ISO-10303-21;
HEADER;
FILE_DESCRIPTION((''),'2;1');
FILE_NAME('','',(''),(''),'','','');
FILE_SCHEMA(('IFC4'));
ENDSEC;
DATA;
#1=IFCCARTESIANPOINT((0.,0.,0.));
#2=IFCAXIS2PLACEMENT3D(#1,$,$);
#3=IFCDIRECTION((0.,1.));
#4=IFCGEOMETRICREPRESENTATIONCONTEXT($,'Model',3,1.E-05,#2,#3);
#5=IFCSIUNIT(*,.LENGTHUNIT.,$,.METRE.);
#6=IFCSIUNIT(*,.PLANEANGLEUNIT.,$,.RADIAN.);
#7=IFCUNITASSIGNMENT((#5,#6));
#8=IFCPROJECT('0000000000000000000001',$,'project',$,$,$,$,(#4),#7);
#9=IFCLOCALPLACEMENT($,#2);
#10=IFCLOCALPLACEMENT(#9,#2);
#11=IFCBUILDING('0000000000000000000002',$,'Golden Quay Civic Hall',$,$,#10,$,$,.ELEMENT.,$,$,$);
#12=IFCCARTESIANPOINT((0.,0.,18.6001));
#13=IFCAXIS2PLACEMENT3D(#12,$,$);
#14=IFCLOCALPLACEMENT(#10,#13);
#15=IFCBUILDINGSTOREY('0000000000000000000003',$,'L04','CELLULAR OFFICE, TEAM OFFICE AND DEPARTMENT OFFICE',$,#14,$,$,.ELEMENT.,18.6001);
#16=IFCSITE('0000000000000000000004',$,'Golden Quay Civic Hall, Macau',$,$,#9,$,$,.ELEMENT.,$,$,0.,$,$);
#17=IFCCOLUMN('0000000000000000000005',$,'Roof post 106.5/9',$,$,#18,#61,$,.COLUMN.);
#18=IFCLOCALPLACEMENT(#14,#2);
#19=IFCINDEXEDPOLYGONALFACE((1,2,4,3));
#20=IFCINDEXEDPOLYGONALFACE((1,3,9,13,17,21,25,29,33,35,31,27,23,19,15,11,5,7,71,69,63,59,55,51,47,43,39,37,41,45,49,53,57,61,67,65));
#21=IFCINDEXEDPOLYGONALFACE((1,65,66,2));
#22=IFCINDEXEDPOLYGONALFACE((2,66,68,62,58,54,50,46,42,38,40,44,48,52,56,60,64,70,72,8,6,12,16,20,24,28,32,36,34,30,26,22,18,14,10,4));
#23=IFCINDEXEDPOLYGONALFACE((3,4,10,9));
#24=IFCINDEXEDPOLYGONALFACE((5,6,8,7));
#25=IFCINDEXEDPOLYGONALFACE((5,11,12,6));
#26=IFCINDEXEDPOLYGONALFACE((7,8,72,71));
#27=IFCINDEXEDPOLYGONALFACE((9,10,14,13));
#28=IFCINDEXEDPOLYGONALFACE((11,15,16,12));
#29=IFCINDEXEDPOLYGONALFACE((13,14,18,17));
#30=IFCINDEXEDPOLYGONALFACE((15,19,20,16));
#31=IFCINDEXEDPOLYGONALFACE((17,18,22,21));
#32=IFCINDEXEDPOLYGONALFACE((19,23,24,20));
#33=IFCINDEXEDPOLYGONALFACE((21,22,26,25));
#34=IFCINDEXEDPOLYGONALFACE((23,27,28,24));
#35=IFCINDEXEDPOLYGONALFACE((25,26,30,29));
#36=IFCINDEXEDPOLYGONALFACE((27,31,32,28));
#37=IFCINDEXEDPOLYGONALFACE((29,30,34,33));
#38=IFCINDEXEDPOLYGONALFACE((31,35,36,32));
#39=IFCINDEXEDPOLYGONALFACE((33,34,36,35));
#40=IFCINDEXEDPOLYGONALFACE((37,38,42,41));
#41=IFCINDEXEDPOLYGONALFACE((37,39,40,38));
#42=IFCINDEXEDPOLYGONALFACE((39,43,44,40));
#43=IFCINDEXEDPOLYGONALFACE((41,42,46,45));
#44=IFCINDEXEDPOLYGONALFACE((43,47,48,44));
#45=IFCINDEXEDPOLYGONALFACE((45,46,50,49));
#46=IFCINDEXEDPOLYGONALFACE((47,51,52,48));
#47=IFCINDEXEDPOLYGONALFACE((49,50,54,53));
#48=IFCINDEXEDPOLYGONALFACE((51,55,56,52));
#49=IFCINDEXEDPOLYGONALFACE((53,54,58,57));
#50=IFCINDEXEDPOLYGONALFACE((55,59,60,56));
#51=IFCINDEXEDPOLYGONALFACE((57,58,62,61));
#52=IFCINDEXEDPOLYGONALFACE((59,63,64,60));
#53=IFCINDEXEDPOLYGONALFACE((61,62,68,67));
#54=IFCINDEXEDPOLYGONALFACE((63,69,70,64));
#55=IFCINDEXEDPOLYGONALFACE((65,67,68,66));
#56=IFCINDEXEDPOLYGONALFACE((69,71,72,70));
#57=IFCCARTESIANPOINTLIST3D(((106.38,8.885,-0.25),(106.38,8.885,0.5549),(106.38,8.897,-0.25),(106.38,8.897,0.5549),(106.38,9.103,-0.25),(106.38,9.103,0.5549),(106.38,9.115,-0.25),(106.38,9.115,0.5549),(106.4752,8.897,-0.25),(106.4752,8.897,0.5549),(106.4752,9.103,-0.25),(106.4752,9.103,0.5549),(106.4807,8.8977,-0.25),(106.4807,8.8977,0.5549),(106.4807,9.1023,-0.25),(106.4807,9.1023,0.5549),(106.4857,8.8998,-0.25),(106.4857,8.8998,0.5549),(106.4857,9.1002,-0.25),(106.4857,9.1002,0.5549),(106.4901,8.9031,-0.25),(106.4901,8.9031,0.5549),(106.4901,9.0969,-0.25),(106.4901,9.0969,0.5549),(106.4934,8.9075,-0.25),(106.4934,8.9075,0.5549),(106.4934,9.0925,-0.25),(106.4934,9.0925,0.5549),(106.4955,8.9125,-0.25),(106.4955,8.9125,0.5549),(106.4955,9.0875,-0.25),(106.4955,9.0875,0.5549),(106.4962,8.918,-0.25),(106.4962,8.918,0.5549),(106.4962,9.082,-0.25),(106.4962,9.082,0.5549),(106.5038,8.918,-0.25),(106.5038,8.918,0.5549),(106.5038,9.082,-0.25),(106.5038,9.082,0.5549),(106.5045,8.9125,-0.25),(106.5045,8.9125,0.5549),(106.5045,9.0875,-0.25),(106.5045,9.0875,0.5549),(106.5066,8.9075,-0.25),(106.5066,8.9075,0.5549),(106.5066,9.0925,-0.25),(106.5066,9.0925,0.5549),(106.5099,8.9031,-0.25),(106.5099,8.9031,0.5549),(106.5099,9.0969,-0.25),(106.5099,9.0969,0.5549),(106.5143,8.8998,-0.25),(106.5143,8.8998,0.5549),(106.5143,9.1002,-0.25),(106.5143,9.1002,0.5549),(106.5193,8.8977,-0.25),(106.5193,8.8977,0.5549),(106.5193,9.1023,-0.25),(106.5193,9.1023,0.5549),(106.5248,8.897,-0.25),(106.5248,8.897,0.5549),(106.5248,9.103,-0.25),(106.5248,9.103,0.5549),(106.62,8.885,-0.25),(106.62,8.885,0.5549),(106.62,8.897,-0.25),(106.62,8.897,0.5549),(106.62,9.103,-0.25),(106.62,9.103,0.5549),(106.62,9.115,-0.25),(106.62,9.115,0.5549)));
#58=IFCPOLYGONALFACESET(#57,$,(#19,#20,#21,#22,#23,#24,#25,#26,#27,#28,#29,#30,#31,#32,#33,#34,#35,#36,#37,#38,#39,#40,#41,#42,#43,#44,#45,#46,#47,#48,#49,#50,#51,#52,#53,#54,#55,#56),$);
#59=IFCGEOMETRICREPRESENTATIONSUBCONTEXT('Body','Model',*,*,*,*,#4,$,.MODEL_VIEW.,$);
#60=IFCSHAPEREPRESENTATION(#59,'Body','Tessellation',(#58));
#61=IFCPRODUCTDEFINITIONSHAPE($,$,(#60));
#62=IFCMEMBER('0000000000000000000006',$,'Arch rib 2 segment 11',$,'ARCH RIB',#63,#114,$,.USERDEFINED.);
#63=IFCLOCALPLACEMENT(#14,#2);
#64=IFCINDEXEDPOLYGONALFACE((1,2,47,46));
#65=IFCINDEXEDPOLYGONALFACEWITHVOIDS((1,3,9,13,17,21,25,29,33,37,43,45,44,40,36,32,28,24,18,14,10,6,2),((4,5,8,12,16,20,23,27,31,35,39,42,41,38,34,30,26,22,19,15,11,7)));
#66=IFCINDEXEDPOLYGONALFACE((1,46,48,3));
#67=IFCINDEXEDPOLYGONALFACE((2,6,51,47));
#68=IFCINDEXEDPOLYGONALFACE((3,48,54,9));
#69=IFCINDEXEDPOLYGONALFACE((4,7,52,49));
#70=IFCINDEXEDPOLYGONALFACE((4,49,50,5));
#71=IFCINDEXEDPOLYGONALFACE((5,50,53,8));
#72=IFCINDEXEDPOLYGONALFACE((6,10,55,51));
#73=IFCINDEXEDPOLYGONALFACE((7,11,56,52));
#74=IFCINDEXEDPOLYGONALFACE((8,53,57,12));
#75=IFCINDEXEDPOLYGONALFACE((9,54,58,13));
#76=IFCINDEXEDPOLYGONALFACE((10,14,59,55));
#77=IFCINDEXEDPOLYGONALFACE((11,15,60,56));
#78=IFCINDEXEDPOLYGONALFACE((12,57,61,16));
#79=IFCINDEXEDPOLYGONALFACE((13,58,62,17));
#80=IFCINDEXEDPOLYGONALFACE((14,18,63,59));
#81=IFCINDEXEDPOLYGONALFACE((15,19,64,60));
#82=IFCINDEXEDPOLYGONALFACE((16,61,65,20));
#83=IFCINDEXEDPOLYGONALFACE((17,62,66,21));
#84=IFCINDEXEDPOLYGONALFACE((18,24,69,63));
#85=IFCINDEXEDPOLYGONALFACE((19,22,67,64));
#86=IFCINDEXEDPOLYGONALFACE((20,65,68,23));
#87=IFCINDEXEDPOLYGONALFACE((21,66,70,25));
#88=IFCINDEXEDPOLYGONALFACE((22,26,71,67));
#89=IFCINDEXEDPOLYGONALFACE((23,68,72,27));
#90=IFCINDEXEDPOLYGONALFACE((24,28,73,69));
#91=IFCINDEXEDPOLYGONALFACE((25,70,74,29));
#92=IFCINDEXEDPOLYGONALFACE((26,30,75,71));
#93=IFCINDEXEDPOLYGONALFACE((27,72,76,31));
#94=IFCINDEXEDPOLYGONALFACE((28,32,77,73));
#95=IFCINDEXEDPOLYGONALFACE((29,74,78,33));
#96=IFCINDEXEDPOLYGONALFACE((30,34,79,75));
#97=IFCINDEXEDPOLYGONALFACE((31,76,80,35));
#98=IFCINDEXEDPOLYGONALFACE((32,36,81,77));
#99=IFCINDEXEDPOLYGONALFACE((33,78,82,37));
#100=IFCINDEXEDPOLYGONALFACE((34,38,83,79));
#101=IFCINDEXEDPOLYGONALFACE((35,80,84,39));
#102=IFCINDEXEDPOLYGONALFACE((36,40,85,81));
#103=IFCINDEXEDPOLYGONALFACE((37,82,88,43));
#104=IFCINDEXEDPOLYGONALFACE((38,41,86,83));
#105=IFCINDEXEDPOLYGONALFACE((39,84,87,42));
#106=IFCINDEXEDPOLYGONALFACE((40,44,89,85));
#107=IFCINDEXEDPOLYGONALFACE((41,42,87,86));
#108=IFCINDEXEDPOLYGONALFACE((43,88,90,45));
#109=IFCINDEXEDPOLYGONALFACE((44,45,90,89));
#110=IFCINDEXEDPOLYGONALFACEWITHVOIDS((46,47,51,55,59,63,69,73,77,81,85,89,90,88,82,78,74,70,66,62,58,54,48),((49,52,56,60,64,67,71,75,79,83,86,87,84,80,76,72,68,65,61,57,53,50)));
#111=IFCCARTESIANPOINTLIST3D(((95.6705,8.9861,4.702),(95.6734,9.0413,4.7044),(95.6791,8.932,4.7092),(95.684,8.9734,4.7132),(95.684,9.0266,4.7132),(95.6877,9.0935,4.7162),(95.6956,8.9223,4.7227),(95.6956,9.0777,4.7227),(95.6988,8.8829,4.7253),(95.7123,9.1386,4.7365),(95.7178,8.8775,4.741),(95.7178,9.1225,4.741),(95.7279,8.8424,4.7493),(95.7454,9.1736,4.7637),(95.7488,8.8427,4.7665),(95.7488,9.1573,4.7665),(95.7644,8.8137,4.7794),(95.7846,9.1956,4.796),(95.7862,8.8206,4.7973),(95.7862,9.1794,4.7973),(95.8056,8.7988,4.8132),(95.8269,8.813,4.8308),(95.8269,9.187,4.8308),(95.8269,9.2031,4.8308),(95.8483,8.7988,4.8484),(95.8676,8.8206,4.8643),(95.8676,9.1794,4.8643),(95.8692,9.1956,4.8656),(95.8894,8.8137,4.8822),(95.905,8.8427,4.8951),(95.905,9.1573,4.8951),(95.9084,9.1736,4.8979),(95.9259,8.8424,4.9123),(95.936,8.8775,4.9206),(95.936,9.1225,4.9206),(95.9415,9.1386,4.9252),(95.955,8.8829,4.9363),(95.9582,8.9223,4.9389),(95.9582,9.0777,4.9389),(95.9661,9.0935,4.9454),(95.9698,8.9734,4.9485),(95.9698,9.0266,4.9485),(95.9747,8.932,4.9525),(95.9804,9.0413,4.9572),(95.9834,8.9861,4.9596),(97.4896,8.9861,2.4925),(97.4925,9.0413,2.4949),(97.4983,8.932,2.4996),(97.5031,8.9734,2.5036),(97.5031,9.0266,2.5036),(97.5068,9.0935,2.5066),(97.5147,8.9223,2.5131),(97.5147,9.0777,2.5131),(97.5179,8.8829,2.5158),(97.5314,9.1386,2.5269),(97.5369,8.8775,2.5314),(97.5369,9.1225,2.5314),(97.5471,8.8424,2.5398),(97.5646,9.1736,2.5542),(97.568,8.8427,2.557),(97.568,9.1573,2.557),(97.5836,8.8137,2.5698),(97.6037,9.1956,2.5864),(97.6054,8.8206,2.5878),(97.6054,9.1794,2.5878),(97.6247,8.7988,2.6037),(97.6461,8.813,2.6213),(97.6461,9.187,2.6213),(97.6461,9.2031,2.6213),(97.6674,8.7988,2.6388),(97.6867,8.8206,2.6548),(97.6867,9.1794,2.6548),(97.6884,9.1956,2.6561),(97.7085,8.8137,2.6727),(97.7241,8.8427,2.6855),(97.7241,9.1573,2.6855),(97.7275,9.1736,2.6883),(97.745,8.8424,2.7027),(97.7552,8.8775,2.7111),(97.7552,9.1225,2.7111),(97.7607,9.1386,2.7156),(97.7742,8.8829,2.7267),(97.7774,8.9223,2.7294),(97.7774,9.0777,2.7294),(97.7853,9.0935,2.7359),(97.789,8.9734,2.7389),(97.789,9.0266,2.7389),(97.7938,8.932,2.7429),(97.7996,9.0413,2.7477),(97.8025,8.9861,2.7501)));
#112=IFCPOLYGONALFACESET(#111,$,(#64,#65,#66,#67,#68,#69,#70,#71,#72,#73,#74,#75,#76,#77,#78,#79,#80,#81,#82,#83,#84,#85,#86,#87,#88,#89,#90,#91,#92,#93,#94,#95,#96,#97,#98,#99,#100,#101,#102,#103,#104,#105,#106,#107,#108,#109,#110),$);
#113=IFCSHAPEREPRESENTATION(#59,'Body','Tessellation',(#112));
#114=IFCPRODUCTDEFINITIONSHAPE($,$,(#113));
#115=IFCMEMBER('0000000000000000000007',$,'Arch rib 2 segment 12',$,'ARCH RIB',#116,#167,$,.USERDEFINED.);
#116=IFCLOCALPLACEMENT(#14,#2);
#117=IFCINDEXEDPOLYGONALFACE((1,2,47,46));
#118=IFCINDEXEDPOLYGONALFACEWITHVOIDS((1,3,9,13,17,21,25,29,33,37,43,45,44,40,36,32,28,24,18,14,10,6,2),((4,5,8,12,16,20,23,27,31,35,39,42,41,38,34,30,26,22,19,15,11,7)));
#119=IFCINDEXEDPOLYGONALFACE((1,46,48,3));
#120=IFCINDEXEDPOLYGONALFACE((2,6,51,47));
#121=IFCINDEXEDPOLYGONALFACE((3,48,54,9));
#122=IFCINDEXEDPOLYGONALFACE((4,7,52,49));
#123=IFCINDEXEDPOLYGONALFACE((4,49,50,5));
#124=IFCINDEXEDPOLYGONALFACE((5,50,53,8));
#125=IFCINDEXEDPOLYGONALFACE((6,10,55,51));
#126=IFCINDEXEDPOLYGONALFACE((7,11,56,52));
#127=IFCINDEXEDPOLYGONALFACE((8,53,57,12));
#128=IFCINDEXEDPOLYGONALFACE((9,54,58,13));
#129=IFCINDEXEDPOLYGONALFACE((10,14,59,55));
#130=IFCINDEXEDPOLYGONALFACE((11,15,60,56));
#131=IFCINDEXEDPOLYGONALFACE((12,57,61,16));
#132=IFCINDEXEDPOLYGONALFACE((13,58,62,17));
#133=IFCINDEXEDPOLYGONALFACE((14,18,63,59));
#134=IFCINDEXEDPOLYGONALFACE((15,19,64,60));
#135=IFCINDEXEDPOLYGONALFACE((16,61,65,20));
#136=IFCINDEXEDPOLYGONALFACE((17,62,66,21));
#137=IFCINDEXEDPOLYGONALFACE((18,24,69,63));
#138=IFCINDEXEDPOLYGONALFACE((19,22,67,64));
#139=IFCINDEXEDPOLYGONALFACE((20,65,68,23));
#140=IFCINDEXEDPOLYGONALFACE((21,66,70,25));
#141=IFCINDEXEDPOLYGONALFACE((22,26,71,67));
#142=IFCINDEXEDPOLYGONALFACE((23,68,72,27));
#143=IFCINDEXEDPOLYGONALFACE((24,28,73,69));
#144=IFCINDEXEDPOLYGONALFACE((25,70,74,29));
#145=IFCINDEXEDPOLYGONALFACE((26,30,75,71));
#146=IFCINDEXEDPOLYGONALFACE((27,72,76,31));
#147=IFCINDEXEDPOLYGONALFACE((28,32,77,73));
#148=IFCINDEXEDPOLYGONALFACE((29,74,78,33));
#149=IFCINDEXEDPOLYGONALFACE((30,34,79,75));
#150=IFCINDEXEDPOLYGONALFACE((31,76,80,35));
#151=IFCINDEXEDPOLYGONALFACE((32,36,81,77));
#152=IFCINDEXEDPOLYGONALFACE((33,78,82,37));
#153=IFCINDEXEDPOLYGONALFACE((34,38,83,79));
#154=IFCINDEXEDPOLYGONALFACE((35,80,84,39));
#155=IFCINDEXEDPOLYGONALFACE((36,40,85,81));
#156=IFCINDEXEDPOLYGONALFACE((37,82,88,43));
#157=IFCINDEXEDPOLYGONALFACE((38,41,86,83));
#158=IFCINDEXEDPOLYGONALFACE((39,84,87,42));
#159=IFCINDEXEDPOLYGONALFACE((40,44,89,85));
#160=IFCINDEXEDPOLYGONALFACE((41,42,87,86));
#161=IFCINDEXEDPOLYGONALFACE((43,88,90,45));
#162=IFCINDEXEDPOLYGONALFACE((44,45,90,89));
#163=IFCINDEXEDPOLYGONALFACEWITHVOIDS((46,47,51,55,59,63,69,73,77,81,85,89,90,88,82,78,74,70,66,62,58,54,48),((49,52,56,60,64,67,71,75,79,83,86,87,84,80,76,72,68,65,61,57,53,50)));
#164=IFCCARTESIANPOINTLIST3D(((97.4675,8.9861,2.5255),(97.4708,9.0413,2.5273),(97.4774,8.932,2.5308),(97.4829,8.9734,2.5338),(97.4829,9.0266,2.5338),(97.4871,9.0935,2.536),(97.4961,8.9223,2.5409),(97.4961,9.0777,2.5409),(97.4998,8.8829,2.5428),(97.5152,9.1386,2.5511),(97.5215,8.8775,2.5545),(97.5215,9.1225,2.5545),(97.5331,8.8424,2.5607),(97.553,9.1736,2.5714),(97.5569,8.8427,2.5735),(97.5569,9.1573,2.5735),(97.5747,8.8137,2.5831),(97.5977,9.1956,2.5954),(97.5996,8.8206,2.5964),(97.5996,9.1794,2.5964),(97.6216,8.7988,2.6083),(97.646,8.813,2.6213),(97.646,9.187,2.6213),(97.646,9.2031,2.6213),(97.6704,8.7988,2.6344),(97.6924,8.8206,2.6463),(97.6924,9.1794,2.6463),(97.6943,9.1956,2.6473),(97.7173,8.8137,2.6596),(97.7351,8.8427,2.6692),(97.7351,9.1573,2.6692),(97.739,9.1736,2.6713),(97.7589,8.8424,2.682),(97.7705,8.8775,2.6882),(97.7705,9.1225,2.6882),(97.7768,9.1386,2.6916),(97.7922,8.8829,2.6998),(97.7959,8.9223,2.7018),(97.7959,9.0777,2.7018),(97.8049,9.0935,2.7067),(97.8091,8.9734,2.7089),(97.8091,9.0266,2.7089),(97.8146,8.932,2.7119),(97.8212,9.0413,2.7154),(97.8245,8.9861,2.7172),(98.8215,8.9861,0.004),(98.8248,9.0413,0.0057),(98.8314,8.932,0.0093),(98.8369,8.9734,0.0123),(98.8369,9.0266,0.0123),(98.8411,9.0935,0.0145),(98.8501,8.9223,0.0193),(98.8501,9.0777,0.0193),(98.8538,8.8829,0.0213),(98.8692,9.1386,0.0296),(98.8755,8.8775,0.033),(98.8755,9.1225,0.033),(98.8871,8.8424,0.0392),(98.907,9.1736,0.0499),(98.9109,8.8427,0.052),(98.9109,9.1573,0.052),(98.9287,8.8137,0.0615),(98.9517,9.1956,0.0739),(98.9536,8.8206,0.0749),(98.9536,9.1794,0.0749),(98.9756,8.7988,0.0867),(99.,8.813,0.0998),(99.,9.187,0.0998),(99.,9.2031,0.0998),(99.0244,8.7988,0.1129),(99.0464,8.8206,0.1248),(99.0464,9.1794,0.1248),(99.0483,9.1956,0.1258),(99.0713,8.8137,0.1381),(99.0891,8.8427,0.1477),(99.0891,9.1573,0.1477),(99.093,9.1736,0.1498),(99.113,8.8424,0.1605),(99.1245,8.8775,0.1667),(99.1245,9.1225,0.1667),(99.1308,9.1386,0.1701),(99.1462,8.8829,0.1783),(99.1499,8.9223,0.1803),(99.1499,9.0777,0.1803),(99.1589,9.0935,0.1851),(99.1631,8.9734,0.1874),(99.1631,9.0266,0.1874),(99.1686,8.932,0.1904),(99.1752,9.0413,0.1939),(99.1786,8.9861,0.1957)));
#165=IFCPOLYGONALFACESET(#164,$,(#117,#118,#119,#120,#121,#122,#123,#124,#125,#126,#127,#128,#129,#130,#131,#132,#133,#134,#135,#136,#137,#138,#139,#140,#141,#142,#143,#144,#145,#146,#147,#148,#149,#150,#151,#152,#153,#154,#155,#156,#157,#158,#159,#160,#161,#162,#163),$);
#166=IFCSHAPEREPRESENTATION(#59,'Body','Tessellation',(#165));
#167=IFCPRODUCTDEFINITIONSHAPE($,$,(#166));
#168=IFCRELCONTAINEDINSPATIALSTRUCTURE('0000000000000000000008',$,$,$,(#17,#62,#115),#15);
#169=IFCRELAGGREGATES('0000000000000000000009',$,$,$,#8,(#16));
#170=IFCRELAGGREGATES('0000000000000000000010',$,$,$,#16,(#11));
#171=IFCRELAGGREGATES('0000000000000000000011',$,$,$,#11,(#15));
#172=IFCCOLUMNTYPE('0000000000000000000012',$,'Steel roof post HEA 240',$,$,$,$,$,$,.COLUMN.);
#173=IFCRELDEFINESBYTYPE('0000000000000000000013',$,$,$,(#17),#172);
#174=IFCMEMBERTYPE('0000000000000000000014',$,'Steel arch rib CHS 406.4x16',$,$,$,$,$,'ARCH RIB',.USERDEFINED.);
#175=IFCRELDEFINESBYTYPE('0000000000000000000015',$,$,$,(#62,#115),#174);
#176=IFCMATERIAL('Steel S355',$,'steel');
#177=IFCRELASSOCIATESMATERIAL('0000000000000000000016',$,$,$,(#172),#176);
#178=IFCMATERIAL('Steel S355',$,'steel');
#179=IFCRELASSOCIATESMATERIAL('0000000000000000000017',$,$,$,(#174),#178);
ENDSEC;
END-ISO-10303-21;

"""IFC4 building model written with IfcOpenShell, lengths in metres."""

from ifc_helpers import new_model, si_unit, direction, frame, origin, origin_2d, place, context, subcontext, project, spatial, hollow_circle, i_section, extrude, material, material_profile, profile_set, type_object, element, save


model = new_model("IFC4")

# Units and contexts
model_context = context("Model", 3, precision=1e-05, world=origin(), true_north=direction((0.0, 1.0)))
body_context = subcontext(model_context, "Body", "Model", "MODEL_VIEW")
ifc_project = project(units=[si_unit("LENGTHUNIT", "METRE"), si_unit("PLANEANGLEUNIT", "RADIAN")], contexts=[model_context])

# Site, building, storey
site_placement = place(None, origin())
site = spatial("IfcSite", under=ifc_project, at=site_placement, Name="Golden Quay Civic Hall, Macau", CompositionType="ELEMENT", RefElevation=0.0)
building_placement = place(site_placement, origin())
building = spatial("IfcBuilding", under=site, at=building_placement, Name="Golden Quay Civic Hall", CompositionType="ELEMENT")
storey_placement = place(building_placement, frame((0.0, 0.0, 18.6001)))
storey = spatial("IfcBuildingStorey", under=building, at=storey_placement, Name="L04", Description="CELLULAR OFFICE, TEAM OFFICE AND DEPARTMENT OFFICE", CompositionType="ELEMENT", Elevation=18.6001)

# Column
ifc_material_1 = material(Name="Steel S355", Category="steel")
ifc_material_profile_1 = material_profile(ifc_material_1, i_section(OverallWidth=0.24, OverallDepth=0.23, WebThickness=0.0076, FlangeThickness=0.012, FilletRadius=0.021, at=origin_2d()), Name="HEA 240")
ifc_profile_set_1 = profile_set([ifc_material_profile_1], Name="Steel S355")
column_type = type_object("IfcColumnType", Name="Steel roof post HEA 240", PredefinedType="COLUMN", material=ifc_profile_set_1)
column_placement = place(storey_placement, frame((106.5, 9.0, -0.25), z_axis=(0.0, 0.0, 1.0), x_axis=(1.0, 0.0, 0.0)))
element("IfcColumn", 1, at=column_placement, inside=storey, type_object=column_type, Name="Roof post 106.5/9", PredefinedType="COLUMN", context=body_context, shape_type="SweptSolid", body=[
    extrude(i_section(OverallWidth=0.24, OverallDepth=0.23, WebThickness=0.0076, FlangeThickness=0.012, FilletRadius=0.021, at=origin_2d()), origin(), (0.0, 0.0, 1.0), 0.8049),
])

# Members
ifc_material_2 = material(Name="Steel S355", Category="steel")
ifc_material_profile_2 = material_profile(ifc_material_2, hollow_circle(Radius=0.2031, WallThickness=0.0161, at=origin_2d()), Name="CHS 406.4x16")
ifc_profile_set_2 = profile_set([ifc_material_profile_2], Name="Steel S355")
member_type_1 = type_object("IfcMemberType", Name="Steel arch rib CHS 406.4x16", ElementType="ARCH RIB", PredefinedType="USERDEFINED", material=ifc_profile_set_2)
for number, where, z_axis, x_axis, name in (
    (2, (95.8269, 9.0, 4.8308), (0.635609, 0.0, -0.772011), (0.0, 1.0, 0.0), "Arch rib 2 segment 11"),
    (3, (97.646, 9.0, 2.6213), (0.473092, 0.0, -0.881013), (0.0, 1.0, 0.0), "Arch rib 2 segment 12"),
):
    element("IfcMember", number, at=place(storey_placement, frame(where, z_axis=z_axis, x_axis=x_axis)), inside=storey, type_object=member_type_1, Name=name, ObjectType="ARCH RIB", PredefinedType="USERDEFINED", context=body_context, shape_type="SweptSolid", body=[
        extrude(hollow_circle(Radius=0.2031, WallThickness=0.0161, at=origin_2d()), origin(), (0.0, 0.0, 1.0), 2.8621),
    ])

save(model, "model.ifc")
